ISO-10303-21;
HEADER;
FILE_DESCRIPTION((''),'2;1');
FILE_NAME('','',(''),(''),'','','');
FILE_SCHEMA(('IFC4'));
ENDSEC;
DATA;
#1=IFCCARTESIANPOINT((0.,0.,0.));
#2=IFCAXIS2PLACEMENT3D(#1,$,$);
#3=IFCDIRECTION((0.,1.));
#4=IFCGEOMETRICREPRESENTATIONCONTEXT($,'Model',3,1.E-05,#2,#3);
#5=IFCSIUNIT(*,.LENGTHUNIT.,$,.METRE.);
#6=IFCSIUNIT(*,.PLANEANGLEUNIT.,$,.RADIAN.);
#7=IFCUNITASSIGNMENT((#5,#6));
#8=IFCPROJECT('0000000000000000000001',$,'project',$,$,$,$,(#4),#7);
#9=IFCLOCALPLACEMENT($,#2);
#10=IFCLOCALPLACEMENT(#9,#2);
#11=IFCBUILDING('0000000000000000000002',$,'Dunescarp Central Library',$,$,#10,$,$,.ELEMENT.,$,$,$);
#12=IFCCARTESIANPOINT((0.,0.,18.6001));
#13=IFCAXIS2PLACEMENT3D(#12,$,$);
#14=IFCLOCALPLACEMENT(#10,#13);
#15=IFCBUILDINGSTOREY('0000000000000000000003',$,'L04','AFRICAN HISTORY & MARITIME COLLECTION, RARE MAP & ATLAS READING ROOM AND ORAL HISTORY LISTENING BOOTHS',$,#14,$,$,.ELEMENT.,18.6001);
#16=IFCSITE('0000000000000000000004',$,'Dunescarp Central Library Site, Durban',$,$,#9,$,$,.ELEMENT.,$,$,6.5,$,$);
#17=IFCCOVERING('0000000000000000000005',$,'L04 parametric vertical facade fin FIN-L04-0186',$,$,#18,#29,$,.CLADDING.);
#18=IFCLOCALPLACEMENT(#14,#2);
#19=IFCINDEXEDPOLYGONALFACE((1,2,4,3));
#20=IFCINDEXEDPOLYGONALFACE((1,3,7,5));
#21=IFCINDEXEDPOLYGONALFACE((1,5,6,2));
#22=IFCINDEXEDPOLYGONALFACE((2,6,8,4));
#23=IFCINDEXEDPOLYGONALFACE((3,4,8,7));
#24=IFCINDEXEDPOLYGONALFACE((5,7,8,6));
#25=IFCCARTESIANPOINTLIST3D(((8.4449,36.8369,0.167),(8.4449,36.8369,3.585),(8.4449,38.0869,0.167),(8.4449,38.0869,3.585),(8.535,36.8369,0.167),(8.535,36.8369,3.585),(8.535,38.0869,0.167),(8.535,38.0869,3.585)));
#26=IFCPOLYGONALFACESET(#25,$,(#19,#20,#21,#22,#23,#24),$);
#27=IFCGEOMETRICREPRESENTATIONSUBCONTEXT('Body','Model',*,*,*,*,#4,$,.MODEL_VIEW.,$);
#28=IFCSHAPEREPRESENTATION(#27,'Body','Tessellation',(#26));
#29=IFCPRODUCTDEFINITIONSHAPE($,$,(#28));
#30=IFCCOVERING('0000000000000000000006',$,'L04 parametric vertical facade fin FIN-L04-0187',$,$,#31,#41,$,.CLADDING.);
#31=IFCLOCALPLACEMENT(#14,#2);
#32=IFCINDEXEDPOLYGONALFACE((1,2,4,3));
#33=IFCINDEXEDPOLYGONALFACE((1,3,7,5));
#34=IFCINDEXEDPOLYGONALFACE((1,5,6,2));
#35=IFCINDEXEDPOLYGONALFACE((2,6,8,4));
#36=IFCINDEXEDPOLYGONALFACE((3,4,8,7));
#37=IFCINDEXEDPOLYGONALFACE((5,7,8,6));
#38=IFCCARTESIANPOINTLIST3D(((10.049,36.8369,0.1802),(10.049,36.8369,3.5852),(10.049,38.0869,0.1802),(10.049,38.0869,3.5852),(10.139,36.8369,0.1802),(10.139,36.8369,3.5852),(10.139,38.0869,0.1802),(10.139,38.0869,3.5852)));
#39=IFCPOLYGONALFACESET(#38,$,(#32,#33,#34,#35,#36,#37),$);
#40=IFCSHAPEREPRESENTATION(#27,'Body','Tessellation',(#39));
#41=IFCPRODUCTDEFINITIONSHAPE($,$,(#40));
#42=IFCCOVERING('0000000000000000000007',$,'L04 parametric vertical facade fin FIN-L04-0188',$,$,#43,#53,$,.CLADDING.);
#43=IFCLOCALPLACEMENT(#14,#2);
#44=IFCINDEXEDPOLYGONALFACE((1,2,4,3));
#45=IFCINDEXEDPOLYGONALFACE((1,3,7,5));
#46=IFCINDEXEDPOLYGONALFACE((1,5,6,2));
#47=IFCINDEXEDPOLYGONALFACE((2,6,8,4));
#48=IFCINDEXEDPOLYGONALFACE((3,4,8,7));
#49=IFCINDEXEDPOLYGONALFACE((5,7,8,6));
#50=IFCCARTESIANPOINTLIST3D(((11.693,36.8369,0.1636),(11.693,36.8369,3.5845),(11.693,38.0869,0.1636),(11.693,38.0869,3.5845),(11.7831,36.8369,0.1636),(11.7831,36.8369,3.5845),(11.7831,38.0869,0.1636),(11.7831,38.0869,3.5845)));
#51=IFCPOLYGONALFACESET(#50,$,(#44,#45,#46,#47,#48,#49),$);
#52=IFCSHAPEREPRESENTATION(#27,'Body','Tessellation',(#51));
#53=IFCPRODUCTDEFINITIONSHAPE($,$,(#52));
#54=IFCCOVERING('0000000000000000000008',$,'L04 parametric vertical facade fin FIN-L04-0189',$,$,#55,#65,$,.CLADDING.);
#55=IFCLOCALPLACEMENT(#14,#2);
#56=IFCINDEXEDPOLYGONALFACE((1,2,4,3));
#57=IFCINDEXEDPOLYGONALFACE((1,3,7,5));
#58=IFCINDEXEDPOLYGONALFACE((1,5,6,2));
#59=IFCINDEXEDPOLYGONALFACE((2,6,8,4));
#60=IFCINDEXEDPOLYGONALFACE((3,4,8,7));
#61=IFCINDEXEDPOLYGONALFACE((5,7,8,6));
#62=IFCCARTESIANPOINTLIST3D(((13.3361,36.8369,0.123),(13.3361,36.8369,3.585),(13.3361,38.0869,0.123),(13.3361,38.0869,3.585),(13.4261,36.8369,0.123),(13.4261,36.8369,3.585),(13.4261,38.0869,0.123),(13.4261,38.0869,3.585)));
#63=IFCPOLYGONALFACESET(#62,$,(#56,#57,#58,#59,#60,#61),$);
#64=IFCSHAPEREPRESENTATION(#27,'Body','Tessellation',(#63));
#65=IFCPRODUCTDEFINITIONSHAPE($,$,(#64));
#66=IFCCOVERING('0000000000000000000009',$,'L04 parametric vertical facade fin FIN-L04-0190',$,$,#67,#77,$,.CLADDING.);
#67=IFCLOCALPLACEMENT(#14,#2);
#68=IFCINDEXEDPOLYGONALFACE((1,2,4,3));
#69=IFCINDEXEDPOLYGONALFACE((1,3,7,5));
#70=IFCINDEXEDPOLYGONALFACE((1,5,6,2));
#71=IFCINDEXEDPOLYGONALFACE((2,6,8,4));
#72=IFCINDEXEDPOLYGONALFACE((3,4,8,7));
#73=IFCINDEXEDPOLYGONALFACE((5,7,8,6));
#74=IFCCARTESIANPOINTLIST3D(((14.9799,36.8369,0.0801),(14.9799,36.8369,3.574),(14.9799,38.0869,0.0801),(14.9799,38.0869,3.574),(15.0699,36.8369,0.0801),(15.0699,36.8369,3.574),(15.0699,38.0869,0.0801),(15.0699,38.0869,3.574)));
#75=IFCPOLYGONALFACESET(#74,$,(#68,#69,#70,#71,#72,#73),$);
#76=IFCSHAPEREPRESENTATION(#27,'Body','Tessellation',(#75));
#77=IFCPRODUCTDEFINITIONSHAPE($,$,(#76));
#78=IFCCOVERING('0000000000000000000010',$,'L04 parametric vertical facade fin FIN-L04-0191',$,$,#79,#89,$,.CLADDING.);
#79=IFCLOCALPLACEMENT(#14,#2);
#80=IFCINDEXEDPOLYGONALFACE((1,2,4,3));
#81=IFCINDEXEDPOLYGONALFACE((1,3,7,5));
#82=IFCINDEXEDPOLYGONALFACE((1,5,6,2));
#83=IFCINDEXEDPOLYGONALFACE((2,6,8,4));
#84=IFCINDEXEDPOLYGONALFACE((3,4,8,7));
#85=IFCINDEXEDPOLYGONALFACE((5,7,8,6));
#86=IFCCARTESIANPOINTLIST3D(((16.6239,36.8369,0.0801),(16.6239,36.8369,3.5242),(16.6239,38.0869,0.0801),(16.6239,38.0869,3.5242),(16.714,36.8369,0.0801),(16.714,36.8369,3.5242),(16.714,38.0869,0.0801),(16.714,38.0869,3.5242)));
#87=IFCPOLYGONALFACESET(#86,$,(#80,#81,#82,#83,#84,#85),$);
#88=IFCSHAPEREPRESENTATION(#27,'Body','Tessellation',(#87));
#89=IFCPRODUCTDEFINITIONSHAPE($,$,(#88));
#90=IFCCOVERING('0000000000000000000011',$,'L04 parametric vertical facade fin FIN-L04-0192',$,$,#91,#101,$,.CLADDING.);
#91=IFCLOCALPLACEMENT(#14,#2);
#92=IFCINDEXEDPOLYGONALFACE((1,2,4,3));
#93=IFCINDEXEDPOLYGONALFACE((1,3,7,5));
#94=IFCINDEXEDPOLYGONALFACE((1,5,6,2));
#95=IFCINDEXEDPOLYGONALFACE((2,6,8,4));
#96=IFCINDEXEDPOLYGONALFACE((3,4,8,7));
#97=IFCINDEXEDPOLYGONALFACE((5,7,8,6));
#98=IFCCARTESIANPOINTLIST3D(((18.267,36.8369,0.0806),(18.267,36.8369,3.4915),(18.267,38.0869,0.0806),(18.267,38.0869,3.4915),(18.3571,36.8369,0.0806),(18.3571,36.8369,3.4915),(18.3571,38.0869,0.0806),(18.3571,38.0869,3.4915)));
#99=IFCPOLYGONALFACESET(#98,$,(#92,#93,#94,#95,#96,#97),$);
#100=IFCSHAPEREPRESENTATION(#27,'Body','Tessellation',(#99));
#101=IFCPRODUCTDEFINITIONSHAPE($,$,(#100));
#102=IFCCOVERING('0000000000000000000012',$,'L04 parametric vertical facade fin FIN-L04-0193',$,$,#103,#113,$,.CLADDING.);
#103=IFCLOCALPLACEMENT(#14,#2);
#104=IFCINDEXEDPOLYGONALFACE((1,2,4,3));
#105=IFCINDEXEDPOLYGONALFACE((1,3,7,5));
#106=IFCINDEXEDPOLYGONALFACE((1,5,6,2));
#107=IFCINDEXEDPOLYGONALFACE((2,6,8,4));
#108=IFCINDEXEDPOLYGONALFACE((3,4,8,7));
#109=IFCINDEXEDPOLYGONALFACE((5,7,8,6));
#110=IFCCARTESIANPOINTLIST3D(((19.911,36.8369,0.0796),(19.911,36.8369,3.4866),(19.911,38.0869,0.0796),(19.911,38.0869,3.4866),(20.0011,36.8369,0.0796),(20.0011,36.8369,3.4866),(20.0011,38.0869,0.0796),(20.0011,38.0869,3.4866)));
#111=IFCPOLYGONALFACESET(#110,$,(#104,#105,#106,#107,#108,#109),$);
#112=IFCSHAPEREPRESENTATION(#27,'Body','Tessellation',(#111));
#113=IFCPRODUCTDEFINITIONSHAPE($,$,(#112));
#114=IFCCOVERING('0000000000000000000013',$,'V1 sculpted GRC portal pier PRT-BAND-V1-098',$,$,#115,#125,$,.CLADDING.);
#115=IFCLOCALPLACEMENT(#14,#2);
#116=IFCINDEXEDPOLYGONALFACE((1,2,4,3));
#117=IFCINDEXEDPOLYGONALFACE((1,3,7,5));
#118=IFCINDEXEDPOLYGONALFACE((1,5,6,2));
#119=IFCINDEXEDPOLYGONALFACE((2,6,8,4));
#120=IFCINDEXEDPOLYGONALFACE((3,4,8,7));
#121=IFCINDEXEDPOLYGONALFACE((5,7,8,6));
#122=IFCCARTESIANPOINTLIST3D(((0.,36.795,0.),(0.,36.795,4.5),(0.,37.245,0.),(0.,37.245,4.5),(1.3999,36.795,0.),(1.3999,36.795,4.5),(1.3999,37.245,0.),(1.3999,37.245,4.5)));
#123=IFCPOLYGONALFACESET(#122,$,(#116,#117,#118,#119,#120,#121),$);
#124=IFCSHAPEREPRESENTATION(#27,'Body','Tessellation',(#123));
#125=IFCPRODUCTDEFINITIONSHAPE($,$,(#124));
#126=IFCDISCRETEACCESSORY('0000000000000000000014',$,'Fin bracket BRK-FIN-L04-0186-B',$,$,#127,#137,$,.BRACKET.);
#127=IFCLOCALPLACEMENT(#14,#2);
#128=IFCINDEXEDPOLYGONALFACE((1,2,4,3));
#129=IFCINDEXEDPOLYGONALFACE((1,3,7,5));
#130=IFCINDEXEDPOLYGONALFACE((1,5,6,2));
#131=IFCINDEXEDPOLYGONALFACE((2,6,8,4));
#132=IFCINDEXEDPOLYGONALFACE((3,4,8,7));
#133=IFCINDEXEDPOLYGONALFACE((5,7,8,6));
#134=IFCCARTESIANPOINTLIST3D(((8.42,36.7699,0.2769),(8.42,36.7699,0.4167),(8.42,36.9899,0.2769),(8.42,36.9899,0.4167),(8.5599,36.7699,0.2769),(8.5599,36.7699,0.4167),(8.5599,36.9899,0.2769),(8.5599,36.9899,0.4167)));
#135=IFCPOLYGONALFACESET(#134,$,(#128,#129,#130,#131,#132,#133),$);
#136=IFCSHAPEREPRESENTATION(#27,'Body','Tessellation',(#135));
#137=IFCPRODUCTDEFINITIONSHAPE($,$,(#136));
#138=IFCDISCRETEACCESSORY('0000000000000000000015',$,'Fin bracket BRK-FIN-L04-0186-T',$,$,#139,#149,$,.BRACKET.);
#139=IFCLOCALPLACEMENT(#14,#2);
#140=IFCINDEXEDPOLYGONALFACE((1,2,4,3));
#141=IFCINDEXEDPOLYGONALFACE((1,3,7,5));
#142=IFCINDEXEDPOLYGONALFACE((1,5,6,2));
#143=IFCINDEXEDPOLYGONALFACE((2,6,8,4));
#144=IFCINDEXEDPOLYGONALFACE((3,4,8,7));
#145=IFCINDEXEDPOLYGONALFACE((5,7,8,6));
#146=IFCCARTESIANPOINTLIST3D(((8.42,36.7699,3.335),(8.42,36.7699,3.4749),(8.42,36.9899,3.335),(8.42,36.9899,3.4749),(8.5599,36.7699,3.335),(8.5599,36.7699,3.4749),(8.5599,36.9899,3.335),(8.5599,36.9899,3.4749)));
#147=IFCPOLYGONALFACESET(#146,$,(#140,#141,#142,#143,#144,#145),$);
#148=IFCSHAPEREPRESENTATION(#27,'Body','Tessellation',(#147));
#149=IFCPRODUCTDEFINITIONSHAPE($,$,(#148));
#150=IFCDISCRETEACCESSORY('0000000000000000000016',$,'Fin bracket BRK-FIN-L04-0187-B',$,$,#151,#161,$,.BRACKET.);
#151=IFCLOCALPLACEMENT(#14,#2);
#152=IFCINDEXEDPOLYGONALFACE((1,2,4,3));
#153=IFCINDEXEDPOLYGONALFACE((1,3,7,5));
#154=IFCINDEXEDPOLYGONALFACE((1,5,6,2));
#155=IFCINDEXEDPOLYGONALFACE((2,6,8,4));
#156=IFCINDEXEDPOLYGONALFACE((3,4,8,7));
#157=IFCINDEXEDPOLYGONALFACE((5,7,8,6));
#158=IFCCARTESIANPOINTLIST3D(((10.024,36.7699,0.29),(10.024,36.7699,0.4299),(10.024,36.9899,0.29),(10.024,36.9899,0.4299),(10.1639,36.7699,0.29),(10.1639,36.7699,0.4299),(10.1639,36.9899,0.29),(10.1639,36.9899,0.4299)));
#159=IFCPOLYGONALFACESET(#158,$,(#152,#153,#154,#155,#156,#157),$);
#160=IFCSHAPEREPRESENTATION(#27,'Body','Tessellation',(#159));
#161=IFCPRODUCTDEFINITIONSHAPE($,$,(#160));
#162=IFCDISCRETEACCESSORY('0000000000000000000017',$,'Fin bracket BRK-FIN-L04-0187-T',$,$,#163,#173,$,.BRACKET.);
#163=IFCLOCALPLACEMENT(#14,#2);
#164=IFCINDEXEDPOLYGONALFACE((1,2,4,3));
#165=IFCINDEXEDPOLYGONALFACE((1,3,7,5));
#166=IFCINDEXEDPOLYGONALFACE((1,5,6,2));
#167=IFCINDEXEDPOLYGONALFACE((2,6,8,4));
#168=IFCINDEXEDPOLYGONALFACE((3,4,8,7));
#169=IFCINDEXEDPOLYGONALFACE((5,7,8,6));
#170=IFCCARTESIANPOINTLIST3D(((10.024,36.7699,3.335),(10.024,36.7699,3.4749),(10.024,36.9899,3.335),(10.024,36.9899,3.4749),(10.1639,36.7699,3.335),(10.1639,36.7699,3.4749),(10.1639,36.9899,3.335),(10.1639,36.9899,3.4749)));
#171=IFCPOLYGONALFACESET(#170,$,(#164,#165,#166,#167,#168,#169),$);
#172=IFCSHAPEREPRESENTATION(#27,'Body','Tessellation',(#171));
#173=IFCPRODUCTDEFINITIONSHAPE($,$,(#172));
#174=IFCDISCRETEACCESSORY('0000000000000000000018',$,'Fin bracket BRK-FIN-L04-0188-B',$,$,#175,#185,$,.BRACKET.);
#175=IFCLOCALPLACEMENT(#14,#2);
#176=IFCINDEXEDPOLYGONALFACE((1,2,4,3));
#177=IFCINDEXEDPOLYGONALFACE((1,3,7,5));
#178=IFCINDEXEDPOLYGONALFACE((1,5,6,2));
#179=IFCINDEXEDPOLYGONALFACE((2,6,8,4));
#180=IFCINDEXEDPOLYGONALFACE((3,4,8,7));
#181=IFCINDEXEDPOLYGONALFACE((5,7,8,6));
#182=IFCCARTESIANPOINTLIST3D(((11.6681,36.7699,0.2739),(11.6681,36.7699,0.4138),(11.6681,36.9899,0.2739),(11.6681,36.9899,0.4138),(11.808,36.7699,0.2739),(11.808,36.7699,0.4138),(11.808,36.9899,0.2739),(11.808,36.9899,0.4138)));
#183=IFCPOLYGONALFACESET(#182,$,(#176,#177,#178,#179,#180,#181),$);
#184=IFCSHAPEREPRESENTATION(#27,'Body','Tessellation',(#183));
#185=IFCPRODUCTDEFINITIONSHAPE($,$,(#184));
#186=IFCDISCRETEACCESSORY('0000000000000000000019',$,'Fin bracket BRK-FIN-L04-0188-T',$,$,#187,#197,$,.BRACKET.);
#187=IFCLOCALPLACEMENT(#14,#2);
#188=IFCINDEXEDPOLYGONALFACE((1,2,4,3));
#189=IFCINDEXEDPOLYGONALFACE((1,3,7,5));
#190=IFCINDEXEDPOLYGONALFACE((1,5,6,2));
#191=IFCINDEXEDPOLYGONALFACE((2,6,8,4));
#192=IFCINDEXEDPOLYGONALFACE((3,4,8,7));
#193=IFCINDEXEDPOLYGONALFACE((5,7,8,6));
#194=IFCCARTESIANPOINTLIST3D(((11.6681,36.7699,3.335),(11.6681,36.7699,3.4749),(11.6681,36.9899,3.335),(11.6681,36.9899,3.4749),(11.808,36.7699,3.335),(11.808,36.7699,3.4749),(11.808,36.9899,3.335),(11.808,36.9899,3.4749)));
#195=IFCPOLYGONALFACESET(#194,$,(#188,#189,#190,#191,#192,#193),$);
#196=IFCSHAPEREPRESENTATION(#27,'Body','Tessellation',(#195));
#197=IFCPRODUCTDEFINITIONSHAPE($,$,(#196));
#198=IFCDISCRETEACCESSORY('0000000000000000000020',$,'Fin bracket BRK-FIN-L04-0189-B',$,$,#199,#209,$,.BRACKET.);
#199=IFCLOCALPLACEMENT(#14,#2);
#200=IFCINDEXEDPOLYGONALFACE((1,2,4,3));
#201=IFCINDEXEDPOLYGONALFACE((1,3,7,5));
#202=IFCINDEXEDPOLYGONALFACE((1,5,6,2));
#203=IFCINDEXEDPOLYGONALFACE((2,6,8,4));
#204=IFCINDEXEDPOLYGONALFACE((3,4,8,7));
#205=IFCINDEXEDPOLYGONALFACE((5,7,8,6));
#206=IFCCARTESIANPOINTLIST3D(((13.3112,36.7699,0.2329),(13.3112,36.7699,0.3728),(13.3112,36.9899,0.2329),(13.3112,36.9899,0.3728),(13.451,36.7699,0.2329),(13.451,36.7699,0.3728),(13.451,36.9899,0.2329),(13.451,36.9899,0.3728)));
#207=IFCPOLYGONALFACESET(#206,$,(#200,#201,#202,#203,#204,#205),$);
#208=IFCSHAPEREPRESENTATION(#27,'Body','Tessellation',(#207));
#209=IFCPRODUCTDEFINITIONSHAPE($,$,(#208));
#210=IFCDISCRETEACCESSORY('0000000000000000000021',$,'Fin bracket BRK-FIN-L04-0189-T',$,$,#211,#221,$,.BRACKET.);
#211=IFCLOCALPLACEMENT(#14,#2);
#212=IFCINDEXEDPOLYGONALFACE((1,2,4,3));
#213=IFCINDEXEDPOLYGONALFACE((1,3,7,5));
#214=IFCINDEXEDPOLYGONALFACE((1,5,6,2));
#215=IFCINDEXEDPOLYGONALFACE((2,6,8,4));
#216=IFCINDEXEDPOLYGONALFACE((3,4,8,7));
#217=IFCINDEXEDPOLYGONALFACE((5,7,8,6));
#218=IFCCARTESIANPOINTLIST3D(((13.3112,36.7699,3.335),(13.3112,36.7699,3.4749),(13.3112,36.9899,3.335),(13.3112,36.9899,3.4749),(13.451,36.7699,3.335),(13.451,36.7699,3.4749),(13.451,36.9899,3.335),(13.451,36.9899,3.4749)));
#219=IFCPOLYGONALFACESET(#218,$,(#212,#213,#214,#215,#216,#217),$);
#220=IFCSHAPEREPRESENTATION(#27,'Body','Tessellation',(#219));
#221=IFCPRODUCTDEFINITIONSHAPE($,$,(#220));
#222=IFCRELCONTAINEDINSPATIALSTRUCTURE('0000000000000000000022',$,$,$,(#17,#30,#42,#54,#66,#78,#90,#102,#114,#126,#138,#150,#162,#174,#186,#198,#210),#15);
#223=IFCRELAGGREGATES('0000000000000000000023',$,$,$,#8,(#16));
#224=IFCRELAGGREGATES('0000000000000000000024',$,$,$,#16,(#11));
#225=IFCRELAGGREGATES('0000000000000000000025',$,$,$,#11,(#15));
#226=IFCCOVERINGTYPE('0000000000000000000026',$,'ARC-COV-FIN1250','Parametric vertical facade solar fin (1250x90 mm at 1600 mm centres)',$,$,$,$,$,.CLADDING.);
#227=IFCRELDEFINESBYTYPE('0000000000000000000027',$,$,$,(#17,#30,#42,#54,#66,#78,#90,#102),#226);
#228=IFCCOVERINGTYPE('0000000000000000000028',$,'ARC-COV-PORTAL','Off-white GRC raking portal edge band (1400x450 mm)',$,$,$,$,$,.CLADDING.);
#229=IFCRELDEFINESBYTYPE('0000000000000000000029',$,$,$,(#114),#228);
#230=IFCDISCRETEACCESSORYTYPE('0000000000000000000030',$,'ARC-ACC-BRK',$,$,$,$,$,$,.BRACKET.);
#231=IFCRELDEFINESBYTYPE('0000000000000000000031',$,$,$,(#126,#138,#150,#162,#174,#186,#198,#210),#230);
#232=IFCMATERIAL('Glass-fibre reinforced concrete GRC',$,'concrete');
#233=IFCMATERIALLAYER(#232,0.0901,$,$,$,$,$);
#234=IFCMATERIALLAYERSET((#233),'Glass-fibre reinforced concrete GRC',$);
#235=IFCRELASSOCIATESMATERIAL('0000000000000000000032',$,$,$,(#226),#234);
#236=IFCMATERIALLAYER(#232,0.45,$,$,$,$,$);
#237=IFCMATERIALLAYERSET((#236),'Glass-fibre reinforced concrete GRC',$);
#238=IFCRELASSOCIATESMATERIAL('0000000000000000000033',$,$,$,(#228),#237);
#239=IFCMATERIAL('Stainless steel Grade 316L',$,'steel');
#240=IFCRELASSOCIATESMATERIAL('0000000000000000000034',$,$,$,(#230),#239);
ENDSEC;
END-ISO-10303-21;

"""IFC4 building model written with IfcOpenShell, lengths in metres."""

from ifc_helpers import new_model, si_unit, direction, frame, origin, origin_2d, place, context, subcontext, project, spatial, rectangle, extrude, material, layer, layer_set, type_object, element, save


model = new_model("IFC4")

# Units and contexts
model_context = context("Model", 3, precision=1e-05, world=origin(), true_north=direction((0.0, 1.0)))
body_context = subcontext(model_context, "Body", "Model", "MODEL_VIEW")
ifc_project = project(units=[si_unit("LENGTHUNIT", "METRE"), si_unit("PLANEANGLEUNIT", "RADIAN")], contexts=[model_context])

# Site, building, storey
site_placement = place(None, origin())
site = spatial("IfcSite", under=ifc_project, at=site_placement, Name="Dunescarp Central Library Site, Durban", CompositionType="ELEMENT", RefElevation=6.5)
building_placement = place(site_placement, origin())
building = spatial("IfcBuilding", under=site, at=building_placement, Name="Dunescarp Central Library", CompositionType="ELEMENT")
storey_placement = place(building_placement, frame((0.0, 0.0, 18.6001)))
storey = spatial("IfcBuildingStorey", under=building, at=storey_placement, Name="L04", Description="AFRICAN HISTORY & MARITIME COLLECTION, RARE MAP & ATLAS READING ROOM AND ORAL HISTORY LISTENING BOOTHS", CompositionType="ELEMENT", Elevation=18.6001)

# Coverings
ifc_material_1 = material(Name="Glass-fibre reinforced concrete GRC", Category="concrete")
ifc_layer_1 = layer(ifc_material_1, 0.0901)
ifc_layer_set_1 = layer_set([ifc_layer_1], Name="Glass-fibre reinforced concrete GRC")
covering_type_1 = type_object("IfcCoveringType", Name="ARC-COV-FIN1250", Description="Parametric vertical facade solar fin (1250x90 mm at 1600 mm centres)", PredefinedType="CLADDING", material=ifc_layer_set_1)
covering_1_placement = place(storey_placement, frame((8.49, 37.4619, 0.167), z_axis=(0.0, 0.0, 1.0), x_axis=(0.0, 1.0, 0.0)))
element("IfcCovering", 1, at=covering_1_placement, inside=storey, type_object=covering_type_1, Name="L04 parametric vertical facade fin FIN-L04-0186", PredefinedType="CLADDING", context=body_context, shape_type="SweptSolid", body=[
    extrude(rectangle(XDim=1.25, YDim=0.0901, at=origin_2d()), origin(), (0.0, 0.0, 1.0), 3.418),
])
covering_2_placement = place(storey_placement, frame((10.094, 37.4619, 0.1802), z_axis=(0.0, 0.0, 1.0), x_axis=(0.0, 1.0, 0.0)))
element("IfcCovering", 2, at=covering_2_placement, inside=storey, type_object=covering_type_1, Name="L04 parametric vertical facade fin FIN-L04-0187", PredefinedType="CLADDING", context=body_context, shape_type="SweptSolid", body=[
    extrude(rectangle(XDim=1.25, YDim=0.0901, at=origin_2d()), origin(), (0.0, 0.0, 1.0), 3.405),
])
covering_3_placement = place(storey_placement, frame((11.738, 37.4619, 0.1636), z_axis=(0.0, 0.0, 1.0), x_axis=(0.0, 1.0, 0.0)))
element("IfcCovering", 3, at=covering_3_placement, inside=storey, type_object=covering_type_1, Name="L04 parametric vertical facade fin FIN-L04-0188", PredefinedType="CLADDING", context=body_context, shape_type="SweptSolid", body=[
    extrude(rectangle(XDim=1.25, YDim=0.0901, at=origin_2d()), origin(), (0.0, 0.0, 1.0), 3.4209),
])
covering_4_placement = place(storey_placement, frame((13.3811, 37.4619, 0.123), z_axis=(0.0, 0.0, 1.0), x_axis=(0.0, 1.0, 0.0)))
element("IfcCovering", 4, at=covering_4_placement, inside=storey, type_object=covering_type_1, Name="L04 parametric vertical facade fin FIN-L04-0189", PredefinedType="CLADDING", context=body_context, shape_type="SweptSolid", body=[
    extrude(rectangle(XDim=1.25, YDim=0.0901, at=origin_2d()), origin(), (0.0, 0.0, 1.0), 3.4619),
])
covering_5_placement = place(storey_placement, frame((15.0249, 37.4619, 0.0801), z_axis=(0.0, 0.0, 1.0), x_axis=(0.0, 1.0, 0.0)))
element("IfcCovering", 5, at=covering_5_placement, inside=storey, type_object=covering_type_1, Name="L04 parametric vertical facade fin FIN-L04-0190", PredefinedType="CLADDING", context=body_context, shape_type="SweptSolid", body=[
    extrude(rectangle(XDim=1.25, YDim=0.0901, at=origin_2d()), origin(), (0.0, 0.0, 1.0), 3.4939),
])
covering_6_placement = place(storey_placement, frame((16.6689, 37.4619, 0.0801), z_axis=(0.0, 0.0, 1.0), x_axis=(0.0, 1.0, 0.0)))
element("IfcCovering", 6, at=covering_6_placement, inside=storey, type_object=covering_type_1, Name="L04 parametric vertical facade fin FIN-L04-0191", PredefinedType="CLADDING", context=body_context, shape_type="SweptSolid", body=[
    extrude(rectangle(XDim=1.25, YDim=0.0901, at=origin_2d()), origin(), (0.0, 0.0, 1.0), 3.4441),
])
covering_7_placement = place(storey_placement, frame((18.312, 37.4619, 0.0806), z_axis=(0.0, 0.0, 1.0), x_axis=(0.0, 1.0, 0.0)))
element("IfcCovering", 7, at=covering_7_placement, inside=storey, type_object=covering_type_1, Name="L04 parametric vertical facade fin FIN-L04-0192", PredefinedType="CLADDING", context=body_context, shape_type="SweptSolid", body=[
    extrude(rectangle(XDim=1.25, YDim=0.0901, at=origin_2d()), origin(), (0.0, 0.0, 1.0), 3.4109),
])
covering_8_placement = place(storey_placement, frame((19.9561, 37.4619, 0.0796), z_axis=(0.0, 0.0, 1.0), x_axis=(0.0, 1.0, 0.0)))
element("IfcCovering", 8, at=covering_8_placement, inside=storey, type_object=covering_type_1, Name="L04 parametric vertical facade fin FIN-L04-0193", PredefinedType="CLADDING", context=body_context, shape_type="SweptSolid", body=[
    extrude(rectangle(XDim=1.25, YDim=0.0901, at=origin_2d()), origin(), (0.0, 0.0, 1.0), 3.407),
])
ifc_layer_2 = layer(ifc_material_1, 0.45)
ifc_layer_set_2 = layer_set([ifc_layer_2], Name="Glass-fibre reinforced concrete GRC")
covering_type_2 = type_object("IfcCoveringType", Name="ARC-COV-PORTAL", Description="Off-white GRC raking portal edge band (1400x450 mm)", PredefinedType="CLADDING", material=ifc_layer_set_2)
covering_9_placement = place(storey_placement, frame((0.7, 37.02, 0.0), z_axis=(0.0, 0.0, 1.0), x_axis=(1.0, 0.0, 0.0)))
element("IfcCovering", 9, at=covering_9_placement, inside=storey, type_object=covering_type_2, Name="V1 sculpted GRC portal pier PRT-BAND-V1-098", PredefinedType="CLADDING", context=body_context, shape_type="SweptSolid", body=[
    extrude(rectangle(XDim=1.3999, YDim=0.45, at=origin_2d()), origin(), (0.0, 0.0, 1.0), 4.5),
])

# Discrete accessories
ifc_material_2 = material(Name="Stainless steel Grade 316L", Category="steel")
discrete_accessory_type = type_object("IfcDiscreteAccessoryType", Name="ARC-ACC-BRK", PredefinedType="BRACKET", material=ifc_material_2)
for number, where, z_axis, x_axis, name in (
    (10, (8.49, 36.8799, 0.2769), (0.0, 0.0, 1.0), (0.0, 1.0, 0.0), "Fin bracket BRK-FIN-L04-0186-B"),
    (11, (8.49, 36.8799, 3.335), (0.0, 0.0, 1.0), (0.0, 1.0, 0.0), "Fin bracket BRK-FIN-L04-0186-T"),
    (12, (10.094, 36.8799, 0.29), (0.0, 0.0, 1.0), (0.0, 1.0, 0.0), "Fin bracket BRK-FIN-L04-0187-B"),
    (13, (10.094, 36.8799, 3.335), (0.0, 0.0, 1.0), (0.0, 1.0, 0.0), "Fin bracket BRK-FIN-L04-0187-T"),
    (14, (11.738, 36.8799, 0.2739), (0.0, 0.0, 1.0), (0.0, 1.0, 0.0), "Fin bracket BRK-FIN-L04-0188-B"),
    (15, (11.738, 36.8799, 3.335), (0.0, 0.0, 1.0), (0.0, 1.0, 0.0), "Fin bracket BRK-FIN-L04-0188-T"),
    (16, (13.3811, 36.8799, 0.2329), (0.0, 0.0, 1.0), (0.0, 1.0, 0.0), "Fin bracket BRK-FIN-L04-0189-B"),
    (17, (13.3811, 36.8799, 3.335), (0.0, 0.0, 1.0), (0.0, 1.0, 0.0), "Fin bracket BRK-FIN-L04-0189-T"),
):
    element("IfcDiscreteAccessory", number, at=place(storey_placement, frame(where, z_axis=z_axis, x_axis=x_axis)), inside=storey, type_object=discrete_accessory_type, Name=name, PredefinedType="BRACKET", context=body_context, shape_type="SweptSolid", body=[
        extrude(rectangle(XDim=0.22, YDim=0.1399, at=origin_2d()), origin(), (0.0, 0.0, 1.0), 0.1399),
    ])

save(model, "model.ifc")
